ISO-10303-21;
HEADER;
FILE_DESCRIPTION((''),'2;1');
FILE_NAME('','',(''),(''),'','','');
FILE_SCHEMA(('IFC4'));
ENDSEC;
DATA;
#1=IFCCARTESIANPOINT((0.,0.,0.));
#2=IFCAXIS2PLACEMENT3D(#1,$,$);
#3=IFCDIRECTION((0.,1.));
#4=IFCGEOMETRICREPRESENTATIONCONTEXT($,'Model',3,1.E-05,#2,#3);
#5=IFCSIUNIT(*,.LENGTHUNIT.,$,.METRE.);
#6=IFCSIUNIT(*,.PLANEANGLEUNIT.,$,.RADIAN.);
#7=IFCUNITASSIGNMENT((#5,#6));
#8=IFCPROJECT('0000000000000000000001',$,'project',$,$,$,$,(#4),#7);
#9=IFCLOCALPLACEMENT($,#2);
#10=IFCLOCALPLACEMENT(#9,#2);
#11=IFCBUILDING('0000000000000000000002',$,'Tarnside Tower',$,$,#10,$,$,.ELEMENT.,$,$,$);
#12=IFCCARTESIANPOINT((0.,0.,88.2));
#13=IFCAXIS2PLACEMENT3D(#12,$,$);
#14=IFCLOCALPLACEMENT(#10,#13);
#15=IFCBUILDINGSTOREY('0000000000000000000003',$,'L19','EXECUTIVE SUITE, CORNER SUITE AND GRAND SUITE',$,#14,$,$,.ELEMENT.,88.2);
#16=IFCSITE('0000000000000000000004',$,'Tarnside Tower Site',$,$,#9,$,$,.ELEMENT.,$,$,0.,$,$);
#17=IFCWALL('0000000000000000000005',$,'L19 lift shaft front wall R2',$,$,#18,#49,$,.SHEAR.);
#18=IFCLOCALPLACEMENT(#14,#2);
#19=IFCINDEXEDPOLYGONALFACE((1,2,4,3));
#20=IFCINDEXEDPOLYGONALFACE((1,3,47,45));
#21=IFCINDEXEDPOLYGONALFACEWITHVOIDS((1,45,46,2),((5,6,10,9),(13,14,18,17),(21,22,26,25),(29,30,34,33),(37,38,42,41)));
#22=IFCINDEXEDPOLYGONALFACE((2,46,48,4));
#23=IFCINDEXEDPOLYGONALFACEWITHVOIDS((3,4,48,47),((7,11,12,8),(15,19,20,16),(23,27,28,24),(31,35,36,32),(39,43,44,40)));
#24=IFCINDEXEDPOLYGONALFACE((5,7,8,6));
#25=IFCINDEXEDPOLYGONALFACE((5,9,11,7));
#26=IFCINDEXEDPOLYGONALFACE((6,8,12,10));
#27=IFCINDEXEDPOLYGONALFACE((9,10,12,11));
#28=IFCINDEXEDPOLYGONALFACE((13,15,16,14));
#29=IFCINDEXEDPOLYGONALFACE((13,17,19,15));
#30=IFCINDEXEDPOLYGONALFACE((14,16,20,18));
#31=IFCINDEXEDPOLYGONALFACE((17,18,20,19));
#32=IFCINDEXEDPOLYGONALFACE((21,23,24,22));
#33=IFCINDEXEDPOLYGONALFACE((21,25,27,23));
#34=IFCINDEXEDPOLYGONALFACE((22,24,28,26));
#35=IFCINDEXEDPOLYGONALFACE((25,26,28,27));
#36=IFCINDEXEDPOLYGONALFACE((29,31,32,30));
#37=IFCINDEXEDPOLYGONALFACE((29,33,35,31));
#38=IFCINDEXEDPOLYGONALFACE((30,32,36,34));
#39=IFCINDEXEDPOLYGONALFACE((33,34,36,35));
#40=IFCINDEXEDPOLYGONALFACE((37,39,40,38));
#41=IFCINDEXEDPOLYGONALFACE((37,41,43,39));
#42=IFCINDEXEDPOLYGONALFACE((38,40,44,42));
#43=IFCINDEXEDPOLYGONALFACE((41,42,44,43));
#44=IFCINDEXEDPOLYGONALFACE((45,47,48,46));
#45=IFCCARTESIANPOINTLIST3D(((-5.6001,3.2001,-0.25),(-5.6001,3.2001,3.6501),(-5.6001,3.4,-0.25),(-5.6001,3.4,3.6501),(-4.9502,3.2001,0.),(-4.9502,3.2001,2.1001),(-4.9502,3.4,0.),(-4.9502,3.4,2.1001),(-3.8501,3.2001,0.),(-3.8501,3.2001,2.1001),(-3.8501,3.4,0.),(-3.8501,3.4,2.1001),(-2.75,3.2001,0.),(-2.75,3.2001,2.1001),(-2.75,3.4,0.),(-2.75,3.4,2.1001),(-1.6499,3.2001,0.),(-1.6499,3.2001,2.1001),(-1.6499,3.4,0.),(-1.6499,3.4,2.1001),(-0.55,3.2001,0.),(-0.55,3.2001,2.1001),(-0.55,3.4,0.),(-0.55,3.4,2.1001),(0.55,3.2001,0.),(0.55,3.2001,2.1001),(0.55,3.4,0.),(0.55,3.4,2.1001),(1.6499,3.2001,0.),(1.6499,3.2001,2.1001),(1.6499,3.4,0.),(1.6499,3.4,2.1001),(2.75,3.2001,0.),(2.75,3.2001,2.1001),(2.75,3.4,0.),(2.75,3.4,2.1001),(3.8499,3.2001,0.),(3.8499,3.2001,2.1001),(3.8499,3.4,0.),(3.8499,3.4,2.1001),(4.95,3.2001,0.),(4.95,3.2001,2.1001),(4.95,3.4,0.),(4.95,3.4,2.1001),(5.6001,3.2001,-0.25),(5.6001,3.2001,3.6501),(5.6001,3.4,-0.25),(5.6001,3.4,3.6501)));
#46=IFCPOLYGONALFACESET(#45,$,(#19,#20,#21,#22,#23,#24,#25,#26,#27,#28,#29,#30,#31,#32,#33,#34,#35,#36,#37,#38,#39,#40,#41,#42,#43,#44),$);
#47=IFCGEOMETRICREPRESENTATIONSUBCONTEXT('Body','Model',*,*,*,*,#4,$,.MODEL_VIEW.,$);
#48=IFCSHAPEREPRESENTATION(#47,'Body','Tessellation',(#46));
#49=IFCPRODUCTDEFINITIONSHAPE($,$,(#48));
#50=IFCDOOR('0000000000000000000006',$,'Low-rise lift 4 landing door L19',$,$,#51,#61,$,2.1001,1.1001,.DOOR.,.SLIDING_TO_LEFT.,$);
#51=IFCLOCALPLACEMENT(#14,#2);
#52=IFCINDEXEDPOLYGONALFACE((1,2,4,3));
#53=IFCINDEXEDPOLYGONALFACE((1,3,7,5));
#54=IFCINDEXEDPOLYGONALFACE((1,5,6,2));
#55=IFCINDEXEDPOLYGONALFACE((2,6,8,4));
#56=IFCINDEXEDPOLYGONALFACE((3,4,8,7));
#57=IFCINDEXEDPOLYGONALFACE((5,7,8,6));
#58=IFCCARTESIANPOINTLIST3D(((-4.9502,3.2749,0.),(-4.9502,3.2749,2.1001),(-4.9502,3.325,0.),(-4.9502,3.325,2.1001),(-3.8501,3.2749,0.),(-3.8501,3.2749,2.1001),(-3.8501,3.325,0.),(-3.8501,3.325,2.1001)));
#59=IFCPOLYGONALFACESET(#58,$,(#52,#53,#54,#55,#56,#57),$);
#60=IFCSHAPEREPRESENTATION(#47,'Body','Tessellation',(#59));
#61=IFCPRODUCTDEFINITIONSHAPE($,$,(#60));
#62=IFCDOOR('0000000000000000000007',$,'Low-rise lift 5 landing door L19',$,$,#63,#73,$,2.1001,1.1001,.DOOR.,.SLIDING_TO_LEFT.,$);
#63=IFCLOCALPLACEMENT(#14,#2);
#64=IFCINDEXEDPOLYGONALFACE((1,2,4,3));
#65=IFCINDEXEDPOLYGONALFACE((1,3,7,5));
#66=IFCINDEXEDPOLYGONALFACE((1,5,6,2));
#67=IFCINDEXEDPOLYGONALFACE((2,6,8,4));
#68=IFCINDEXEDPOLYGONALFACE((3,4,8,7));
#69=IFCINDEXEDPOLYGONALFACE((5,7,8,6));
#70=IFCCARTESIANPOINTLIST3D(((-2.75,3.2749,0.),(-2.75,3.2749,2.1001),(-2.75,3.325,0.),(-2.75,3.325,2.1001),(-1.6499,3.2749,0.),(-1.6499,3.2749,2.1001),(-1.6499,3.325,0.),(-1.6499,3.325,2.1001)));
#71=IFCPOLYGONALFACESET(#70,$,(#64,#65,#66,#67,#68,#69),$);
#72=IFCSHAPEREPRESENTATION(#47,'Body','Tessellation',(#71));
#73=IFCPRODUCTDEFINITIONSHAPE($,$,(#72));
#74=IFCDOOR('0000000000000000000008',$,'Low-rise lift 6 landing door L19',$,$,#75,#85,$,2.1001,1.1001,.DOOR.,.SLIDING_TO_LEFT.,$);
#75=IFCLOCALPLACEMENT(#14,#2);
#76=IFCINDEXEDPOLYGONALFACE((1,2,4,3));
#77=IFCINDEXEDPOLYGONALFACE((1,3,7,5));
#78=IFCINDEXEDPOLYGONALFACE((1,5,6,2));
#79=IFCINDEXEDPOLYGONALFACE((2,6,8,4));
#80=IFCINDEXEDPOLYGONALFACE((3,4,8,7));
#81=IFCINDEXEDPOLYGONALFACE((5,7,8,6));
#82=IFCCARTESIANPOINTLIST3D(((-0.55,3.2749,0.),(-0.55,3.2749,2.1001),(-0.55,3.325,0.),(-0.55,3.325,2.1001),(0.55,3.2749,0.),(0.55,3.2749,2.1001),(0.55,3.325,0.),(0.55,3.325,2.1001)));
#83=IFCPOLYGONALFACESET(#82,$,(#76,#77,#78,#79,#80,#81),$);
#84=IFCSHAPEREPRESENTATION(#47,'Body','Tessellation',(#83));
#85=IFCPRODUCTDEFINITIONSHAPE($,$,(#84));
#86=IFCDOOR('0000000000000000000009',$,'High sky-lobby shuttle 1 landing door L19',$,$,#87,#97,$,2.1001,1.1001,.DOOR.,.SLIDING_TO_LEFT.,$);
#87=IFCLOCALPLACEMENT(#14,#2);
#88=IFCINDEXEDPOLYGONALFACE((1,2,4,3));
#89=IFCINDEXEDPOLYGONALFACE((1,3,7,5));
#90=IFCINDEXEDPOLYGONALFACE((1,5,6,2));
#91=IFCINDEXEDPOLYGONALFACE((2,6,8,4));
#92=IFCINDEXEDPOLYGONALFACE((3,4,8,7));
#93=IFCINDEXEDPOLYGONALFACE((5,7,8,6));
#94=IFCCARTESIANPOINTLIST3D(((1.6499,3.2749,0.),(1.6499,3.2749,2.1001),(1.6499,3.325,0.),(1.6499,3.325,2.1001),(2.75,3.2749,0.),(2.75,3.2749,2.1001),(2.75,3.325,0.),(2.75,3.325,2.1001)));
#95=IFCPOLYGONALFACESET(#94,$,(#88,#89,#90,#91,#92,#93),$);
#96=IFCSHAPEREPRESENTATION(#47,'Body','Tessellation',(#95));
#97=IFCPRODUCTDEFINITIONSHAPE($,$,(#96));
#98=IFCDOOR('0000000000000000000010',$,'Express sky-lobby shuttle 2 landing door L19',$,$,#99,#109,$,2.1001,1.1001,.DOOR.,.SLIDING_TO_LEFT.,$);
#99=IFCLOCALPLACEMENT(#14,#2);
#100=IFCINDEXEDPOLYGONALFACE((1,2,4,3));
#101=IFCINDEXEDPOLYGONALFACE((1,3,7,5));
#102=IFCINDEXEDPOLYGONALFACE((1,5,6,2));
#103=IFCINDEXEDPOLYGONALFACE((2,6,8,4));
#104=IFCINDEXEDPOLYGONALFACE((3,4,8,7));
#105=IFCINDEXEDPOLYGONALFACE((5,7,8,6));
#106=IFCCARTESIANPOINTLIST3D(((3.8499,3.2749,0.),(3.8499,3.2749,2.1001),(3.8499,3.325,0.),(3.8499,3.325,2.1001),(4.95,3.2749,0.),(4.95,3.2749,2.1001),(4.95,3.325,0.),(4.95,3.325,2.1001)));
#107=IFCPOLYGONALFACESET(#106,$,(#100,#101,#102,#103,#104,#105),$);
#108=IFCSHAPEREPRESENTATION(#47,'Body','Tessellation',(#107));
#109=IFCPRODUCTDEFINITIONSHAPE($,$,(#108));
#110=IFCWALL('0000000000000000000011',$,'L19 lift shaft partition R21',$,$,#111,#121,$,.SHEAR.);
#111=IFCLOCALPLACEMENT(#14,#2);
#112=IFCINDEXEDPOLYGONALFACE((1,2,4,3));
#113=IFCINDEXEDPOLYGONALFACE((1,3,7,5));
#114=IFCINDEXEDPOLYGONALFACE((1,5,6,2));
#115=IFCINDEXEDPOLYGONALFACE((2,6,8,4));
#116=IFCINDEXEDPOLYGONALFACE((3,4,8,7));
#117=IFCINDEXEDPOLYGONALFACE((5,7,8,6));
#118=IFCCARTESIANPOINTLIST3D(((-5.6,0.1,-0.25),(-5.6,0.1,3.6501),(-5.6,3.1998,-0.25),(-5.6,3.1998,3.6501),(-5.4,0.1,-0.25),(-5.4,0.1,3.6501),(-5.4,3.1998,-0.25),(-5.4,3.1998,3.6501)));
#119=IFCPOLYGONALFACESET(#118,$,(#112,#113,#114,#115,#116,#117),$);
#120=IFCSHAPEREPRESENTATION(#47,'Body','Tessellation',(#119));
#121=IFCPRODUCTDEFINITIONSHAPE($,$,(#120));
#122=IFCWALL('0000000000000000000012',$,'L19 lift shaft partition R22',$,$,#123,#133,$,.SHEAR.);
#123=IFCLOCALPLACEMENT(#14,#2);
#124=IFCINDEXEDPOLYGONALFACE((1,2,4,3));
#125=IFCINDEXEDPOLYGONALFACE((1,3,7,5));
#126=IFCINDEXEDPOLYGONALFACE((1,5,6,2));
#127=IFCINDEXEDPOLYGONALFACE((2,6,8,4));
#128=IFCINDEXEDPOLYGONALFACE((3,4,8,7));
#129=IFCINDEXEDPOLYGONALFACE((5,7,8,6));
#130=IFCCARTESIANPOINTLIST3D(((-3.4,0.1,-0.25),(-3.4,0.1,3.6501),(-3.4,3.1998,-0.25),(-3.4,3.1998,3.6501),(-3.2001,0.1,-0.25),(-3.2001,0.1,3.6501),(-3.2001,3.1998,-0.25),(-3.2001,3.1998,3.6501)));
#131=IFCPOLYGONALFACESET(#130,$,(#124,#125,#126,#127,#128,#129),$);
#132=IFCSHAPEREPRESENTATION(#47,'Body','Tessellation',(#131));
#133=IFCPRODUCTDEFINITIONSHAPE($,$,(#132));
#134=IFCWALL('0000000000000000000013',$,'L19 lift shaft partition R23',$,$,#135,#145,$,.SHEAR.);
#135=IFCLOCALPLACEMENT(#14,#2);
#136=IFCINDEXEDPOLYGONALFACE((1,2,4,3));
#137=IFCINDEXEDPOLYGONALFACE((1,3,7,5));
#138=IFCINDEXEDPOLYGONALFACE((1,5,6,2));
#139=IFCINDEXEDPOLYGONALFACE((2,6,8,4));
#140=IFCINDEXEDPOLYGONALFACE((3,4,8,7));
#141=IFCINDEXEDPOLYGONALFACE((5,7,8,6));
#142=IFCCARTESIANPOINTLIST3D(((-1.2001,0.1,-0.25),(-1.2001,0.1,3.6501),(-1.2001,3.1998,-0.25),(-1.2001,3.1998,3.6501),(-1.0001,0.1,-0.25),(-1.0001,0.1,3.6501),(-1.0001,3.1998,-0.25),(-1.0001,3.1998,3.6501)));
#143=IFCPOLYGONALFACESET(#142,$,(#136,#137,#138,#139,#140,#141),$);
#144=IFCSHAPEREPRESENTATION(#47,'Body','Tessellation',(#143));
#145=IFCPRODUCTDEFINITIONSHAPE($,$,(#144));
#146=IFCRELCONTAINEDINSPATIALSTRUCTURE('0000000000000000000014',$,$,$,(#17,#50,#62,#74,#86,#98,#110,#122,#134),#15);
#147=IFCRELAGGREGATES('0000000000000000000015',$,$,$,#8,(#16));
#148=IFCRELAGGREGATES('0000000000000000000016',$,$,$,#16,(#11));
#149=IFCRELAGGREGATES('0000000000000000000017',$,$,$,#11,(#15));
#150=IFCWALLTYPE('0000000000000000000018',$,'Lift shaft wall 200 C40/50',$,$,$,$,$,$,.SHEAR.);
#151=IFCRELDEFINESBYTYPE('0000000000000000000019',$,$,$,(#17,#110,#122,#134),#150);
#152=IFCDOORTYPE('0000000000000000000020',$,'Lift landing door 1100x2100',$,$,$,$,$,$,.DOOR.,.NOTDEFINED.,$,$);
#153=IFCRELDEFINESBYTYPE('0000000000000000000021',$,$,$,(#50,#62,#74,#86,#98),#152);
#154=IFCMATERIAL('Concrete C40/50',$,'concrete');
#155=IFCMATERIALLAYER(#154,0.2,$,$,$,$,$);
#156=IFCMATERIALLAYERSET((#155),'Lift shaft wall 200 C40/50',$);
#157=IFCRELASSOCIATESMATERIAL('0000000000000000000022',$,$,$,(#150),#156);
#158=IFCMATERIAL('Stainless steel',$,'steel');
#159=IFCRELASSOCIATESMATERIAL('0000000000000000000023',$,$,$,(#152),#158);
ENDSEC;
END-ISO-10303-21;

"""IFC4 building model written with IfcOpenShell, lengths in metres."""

from ifc_helpers import new_model, si_unit, direction, frame, frame_2d, origin, place, context, subcontext, project, spatial, rectangle, extrude, material, layer, layer_set, type_object, element, fill, save


model = new_model("IFC4")

# Units and contexts
model_context = context("Model", 3, precision=1e-05, world=origin(), true_north=direction((0.0, 1.0)))
body_context = subcontext(model_context, "Body", "Model", "MODEL_VIEW")
ifc_project = project(units=[si_unit("LENGTHUNIT", "METRE"), si_unit("PLANEANGLEUNIT", "RADIAN")], contexts=[model_context])

# Site, building, storey
site_placement = place(None, origin())
site = spatial("IfcSite", under=ifc_project, at=site_placement, Name="Tarnside Tower Site", CompositionType="ELEMENT", RefElevation=0.0)
building_placement = place(site_placement, origin())
building = spatial("IfcBuilding", under=site, at=building_placement, Name="Tarnside Tower", CompositionType="ELEMENT")
storey_placement = place(building_placement, frame((0.0, 0.0, 88.2)))
storey = spatial("IfcBuildingStorey", under=building, at=storey_placement, Name="L19", Description="EXECUTIVE SUITE, CORNER SUITE AND GRAND SUITE", CompositionType="ELEMENT", Elevation=88.2)

# Shared definitions
ifc_material_1 = material(Name="Concrete C40/50", Category="concrete")
ifc_layer = layer(ifc_material_1, 0.2)
ifc_layer_set = layer_set([ifc_layer], Name="Lift shaft wall 200 C40/50")
wall_type = type_object("IfcWallType", Name="Lift shaft wall 200 C40/50", PredefinedType="SHEAR", material=ifc_layer_set)
ifc_material_2 = material(Name="Stainless steel", Category="steel")
door_type = type_object("IfcDoorType", Name="Lift landing door 1100x2100", OperationType="NOTDEFINED", PredefinedType="DOOR", material=ifc_material_2)

# Wall, openings, doors
wall_1_placement = place(storey_placement, frame((-5.6001, 3.3, -0.25), z_axis=(0.0, 0.0, 1.0), x_axis=(1.0, 0.0, 0.0)))
wall_1 = element("IfcWall", 1, at=wall_1_placement, inside=storey, type_object=wall_type, Name="L19 lift shaft front wall R2", PredefinedType="SHEAR", context=body_context, shape_type="SweptSolid", body=[
    extrude(rectangle(XDim=11.2002, YDim=0.2, at=frame_2d((5.6001, 0.0))), origin(), (0.0, 0.0, 1.0), 3.9001),
])
opening_1_placement = place(wall_1_placement, frame((0.6499, 0.0, 0.25)))
opening_1 = element("IfcOpeningElement", 2, at=opening_1_placement, cuts=wall_1, PredefinedType="OPENING", context=body_context, shape_type="SweptSolid", body=[
    extrude(rectangle(XDim=1.1001, YDim=2.1001, at=frame_2d((0.55, 1.05))), frame((0.0, 0.1099, 0.0), z_axis=(0.0, -1.0, 0.0), x_axis=(1.0, 0.0, 0.0)), (0.0, 0.0, 1.0), 0.22),
])
opening_2_placement = place(wall_1_placement, frame((2.8501, 0.0, 0.25)))
opening_2 = element("IfcOpeningElement", 3, at=opening_2_placement, cuts=wall_1, PredefinedType="OPENING", context=body_context, shape_type="SweptSolid", body=[
    extrude(rectangle(XDim=1.1001, YDim=2.1001, at=frame_2d((0.55, 1.05))), frame((0.0, 0.1099, 0.0), z_axis=(0.0, -1.0, 0.0), x_axis=(1.0, 0.0, 0.0)), (0.0, 0.0, 1.0), 0.22),
])
opening_3_placement = place(wall_1_placement, frame((5.05, 0.0, 0.25)))
opening_3 = element("IfcOpeningElement", 4, at=opening_3_placement, cuts=wall_1, PredefinedType="OPENING", context=body_context, shape_type="SweptSolid", body=[
    extrude(rectangle(XDim=1.1001, YDim=2.1001, at=frame_2d((0.55, 1.05))), frame((0.0, 0.1099, 0.0), z_axis=(0.0, -1.0, 0.0), x_axis=(1.0, 0.0, 0.0)), (0.0, 0.0, 1.0), 0.22),
])
opening_4_placement = place(wall_1_placement, frame((7.25, 0.0, 0.25)))
opening_4 = element("IfcOpeningElement", 5, at=opening_4_placement, cuts=wall_1, PredefinedType="OPENING", context=body_context, shape_type="SweptSolid", body=[
    extrude(rectangle(XDim=1.1001, YDim=2.1001, at=frame_2d((0.55, 1.05))), frame((0.0, 0.1099, 0.0), z_axis=(0.0, -1.0, 0.0), x_axis=(1.0, 0.0, 0.0)), (0.0, 0.0, 1.0), 0.22),
])
opening_5_placement = place(wall_1_placement, frame((9.45, 0.0, 0.25)))
opening_5 = element("IfcOpeningElement", 6, at=opening_5_placement, cuts=wall_1, PredefinedType="OPENING", context=body_context, shape_type="SweptSolid", body=[
    extrude(rectangle(XDim=1.1001, YDim=2.1001, at=frame_2d((0.55, 1.05))), frame((0.0, 0.1099, 0.0), z_axis=(0.0, -1.0, 0.0), x_axis=(1.0, 0.0, 0.0)), (0.0, 0.0, 1.0), 0.22),
])
door_1_placement = place(opening_1_placement, origin())
door_1 = element("IfcDoor", 7, at=door_1_placement, inside=storey, type_object=door_type, Name="Low-rise lift 4 landing door L19", OperationType="SLIDING_TO_LEFT", OverallHeight=2.1001, OverallWidth=1.1001, PredefinedType="DOOR", context=body_context, shape_type="SweptSolid", body=[
    extrude(rectangle(XDim=1.1001, YDim=2.1001, at=frame_2d((0.55, 1.05))), frame((0.0, 0.0249, 0.0), z_axis=(0.0, -1.0, 0.0), x_axis=(1.0, 0.0, 0.0)), (0.0, 0.0, 1.0), 0.05),
])
fill(opening_1, door_1)
door_2_placement = place(opening_2_placement, origin())
door_2 = element("IfcDoor", 8, at=door_2_placement, inside=storey, type_object=door_type, Name="Low-rise lift 5 landing door L19", OperationType="SLIDING_TO_LEFT", OverallHeight=2.1001, OverallWidth=1.1001, PredefinedType="DOOR", context=body_context, shape_type="SweptSolid", body=[
    extrude(rectangle(XDim=1.1001, YDim=2.1001, at=frame_2d((0.55, 1.05))), frame((0.0, 0.0249, 0.0), z_axis=(0.0, -1.0, 0.0), x_axis=(1.0, 0.0, 0.0)), (0.0, 0.0, 1.0), 0.05),
])
fill(opening_2, door_2)
door_3_placement = place(opening_3_placement, origin())
door_3 = element("IfcDoor", 9, at=door_3_placement, inside=storey, type_object=door_type, Name="Low-rise lift 6 landing door L19", OperationType="SLIDING_TO_LEFT", OverallHeight=2.1001, OverallWidth=1.1001, PredefinedType="DOOR", context=body_context, shape_type="SweptSolid", body=[
    extrude(rectangle(XDim=1.1001, YDim=2.1001, at=frame_2d((0.55, 1.05))), frame((0.0, 0.0249, 0.0), z_axis=(0.0, -1.0, 0.0), x_axis=(1.0, 0.0, 0.0)), (0.0, 0.0, 1.0), 0.05),
])
fill(opening_3, door_3)
door_4_placement = place(opening_4_placement, origin())
door_4 = element("IfcDoor", 10, at=door_4_placement, inside=storey, type_object=door_type, Name="High sky-lobby shuttle 1 landing door L19", OperationType="SLIDING_TO_LEFT", OverallHeight=2.1001, OverallWidth=1.1001, PredefinedType="DOOR", context=body_context, shape_type="SweptSolid", body=[
    extrude(rectangle(XDim=1.1001, YDim=2.1001, at=frame_2d((0.55, 1.05))), frame((0.0, 0.0249, 0.0), z_axis=(0.0, -1.0, 0.0), x_axis=(1.0, 0.0, 0.0)), (0.0, 0.0, 1.0), 0.05),
])
fill(opening_4, door_4)
door_5_placement = place(opening_5_placement, origin())
door_5 = element("IfcDoor", 11, at=door_5_placement, inside=storey, type_object=door_type, Name="Express sky-lobby shuttle 2 landing door L19", OperationType="SLIDING_TO_LEFT", OverallHeight=2.1001, OverallWidth=1.1001, PredefinedType="DOOR", context=body_context, shape_type="SweptSolid", body=[
    extrude(rectangle(XDim=1.1001, YDim=2.1001, at=frame_2d((0.55, 1.05))), frame((0.0, 0.0249, 0.0), z_axis=(0.0, -1.0, 0.0), x_axis=(1.0, 0.0, 0.0)), (0.0, 0.0, 1.0), 0.05),
])
fill(opening_5, door_5)

# Walls
for number, where, z_axis, x_axis, name in (
    (12, (-5.5, 0.1001, -0.25), (0.0, 0.0, 1.0), (0.0, 1.0, 0.0), "L19 lift shaft partition R21"),
    (13, (-3.3, 0.1001, -0.25), (0.0, 0.0, 1.0), (0.0, 1.0, 0.0), "L19 lift shaft partition R22"),
    (14, (-1.1001, 0.1001, -0.25), (0.0, 0.0, 1.0), (0.0, 1.0, 0.0), "L19 lift shaft partition R23"),
):
    element("IfcWall", number, at=place(storey_placement, frame(where, z_axis=z_axis, x_axis=x_axis)), inside=storey, type_object=wall_type, Name=name, PredefinedType="SHEAR", context=body_context, shape_type="SweptSolid", body=[
        extrude(rectangle(XDim=3.0999, YDim=0.2, at=frame_2d((1.5498, 0.0))), origin(), (0.0, 0.0, 1.0), 3.9001),
    ])

save(model, "model.ifc")
